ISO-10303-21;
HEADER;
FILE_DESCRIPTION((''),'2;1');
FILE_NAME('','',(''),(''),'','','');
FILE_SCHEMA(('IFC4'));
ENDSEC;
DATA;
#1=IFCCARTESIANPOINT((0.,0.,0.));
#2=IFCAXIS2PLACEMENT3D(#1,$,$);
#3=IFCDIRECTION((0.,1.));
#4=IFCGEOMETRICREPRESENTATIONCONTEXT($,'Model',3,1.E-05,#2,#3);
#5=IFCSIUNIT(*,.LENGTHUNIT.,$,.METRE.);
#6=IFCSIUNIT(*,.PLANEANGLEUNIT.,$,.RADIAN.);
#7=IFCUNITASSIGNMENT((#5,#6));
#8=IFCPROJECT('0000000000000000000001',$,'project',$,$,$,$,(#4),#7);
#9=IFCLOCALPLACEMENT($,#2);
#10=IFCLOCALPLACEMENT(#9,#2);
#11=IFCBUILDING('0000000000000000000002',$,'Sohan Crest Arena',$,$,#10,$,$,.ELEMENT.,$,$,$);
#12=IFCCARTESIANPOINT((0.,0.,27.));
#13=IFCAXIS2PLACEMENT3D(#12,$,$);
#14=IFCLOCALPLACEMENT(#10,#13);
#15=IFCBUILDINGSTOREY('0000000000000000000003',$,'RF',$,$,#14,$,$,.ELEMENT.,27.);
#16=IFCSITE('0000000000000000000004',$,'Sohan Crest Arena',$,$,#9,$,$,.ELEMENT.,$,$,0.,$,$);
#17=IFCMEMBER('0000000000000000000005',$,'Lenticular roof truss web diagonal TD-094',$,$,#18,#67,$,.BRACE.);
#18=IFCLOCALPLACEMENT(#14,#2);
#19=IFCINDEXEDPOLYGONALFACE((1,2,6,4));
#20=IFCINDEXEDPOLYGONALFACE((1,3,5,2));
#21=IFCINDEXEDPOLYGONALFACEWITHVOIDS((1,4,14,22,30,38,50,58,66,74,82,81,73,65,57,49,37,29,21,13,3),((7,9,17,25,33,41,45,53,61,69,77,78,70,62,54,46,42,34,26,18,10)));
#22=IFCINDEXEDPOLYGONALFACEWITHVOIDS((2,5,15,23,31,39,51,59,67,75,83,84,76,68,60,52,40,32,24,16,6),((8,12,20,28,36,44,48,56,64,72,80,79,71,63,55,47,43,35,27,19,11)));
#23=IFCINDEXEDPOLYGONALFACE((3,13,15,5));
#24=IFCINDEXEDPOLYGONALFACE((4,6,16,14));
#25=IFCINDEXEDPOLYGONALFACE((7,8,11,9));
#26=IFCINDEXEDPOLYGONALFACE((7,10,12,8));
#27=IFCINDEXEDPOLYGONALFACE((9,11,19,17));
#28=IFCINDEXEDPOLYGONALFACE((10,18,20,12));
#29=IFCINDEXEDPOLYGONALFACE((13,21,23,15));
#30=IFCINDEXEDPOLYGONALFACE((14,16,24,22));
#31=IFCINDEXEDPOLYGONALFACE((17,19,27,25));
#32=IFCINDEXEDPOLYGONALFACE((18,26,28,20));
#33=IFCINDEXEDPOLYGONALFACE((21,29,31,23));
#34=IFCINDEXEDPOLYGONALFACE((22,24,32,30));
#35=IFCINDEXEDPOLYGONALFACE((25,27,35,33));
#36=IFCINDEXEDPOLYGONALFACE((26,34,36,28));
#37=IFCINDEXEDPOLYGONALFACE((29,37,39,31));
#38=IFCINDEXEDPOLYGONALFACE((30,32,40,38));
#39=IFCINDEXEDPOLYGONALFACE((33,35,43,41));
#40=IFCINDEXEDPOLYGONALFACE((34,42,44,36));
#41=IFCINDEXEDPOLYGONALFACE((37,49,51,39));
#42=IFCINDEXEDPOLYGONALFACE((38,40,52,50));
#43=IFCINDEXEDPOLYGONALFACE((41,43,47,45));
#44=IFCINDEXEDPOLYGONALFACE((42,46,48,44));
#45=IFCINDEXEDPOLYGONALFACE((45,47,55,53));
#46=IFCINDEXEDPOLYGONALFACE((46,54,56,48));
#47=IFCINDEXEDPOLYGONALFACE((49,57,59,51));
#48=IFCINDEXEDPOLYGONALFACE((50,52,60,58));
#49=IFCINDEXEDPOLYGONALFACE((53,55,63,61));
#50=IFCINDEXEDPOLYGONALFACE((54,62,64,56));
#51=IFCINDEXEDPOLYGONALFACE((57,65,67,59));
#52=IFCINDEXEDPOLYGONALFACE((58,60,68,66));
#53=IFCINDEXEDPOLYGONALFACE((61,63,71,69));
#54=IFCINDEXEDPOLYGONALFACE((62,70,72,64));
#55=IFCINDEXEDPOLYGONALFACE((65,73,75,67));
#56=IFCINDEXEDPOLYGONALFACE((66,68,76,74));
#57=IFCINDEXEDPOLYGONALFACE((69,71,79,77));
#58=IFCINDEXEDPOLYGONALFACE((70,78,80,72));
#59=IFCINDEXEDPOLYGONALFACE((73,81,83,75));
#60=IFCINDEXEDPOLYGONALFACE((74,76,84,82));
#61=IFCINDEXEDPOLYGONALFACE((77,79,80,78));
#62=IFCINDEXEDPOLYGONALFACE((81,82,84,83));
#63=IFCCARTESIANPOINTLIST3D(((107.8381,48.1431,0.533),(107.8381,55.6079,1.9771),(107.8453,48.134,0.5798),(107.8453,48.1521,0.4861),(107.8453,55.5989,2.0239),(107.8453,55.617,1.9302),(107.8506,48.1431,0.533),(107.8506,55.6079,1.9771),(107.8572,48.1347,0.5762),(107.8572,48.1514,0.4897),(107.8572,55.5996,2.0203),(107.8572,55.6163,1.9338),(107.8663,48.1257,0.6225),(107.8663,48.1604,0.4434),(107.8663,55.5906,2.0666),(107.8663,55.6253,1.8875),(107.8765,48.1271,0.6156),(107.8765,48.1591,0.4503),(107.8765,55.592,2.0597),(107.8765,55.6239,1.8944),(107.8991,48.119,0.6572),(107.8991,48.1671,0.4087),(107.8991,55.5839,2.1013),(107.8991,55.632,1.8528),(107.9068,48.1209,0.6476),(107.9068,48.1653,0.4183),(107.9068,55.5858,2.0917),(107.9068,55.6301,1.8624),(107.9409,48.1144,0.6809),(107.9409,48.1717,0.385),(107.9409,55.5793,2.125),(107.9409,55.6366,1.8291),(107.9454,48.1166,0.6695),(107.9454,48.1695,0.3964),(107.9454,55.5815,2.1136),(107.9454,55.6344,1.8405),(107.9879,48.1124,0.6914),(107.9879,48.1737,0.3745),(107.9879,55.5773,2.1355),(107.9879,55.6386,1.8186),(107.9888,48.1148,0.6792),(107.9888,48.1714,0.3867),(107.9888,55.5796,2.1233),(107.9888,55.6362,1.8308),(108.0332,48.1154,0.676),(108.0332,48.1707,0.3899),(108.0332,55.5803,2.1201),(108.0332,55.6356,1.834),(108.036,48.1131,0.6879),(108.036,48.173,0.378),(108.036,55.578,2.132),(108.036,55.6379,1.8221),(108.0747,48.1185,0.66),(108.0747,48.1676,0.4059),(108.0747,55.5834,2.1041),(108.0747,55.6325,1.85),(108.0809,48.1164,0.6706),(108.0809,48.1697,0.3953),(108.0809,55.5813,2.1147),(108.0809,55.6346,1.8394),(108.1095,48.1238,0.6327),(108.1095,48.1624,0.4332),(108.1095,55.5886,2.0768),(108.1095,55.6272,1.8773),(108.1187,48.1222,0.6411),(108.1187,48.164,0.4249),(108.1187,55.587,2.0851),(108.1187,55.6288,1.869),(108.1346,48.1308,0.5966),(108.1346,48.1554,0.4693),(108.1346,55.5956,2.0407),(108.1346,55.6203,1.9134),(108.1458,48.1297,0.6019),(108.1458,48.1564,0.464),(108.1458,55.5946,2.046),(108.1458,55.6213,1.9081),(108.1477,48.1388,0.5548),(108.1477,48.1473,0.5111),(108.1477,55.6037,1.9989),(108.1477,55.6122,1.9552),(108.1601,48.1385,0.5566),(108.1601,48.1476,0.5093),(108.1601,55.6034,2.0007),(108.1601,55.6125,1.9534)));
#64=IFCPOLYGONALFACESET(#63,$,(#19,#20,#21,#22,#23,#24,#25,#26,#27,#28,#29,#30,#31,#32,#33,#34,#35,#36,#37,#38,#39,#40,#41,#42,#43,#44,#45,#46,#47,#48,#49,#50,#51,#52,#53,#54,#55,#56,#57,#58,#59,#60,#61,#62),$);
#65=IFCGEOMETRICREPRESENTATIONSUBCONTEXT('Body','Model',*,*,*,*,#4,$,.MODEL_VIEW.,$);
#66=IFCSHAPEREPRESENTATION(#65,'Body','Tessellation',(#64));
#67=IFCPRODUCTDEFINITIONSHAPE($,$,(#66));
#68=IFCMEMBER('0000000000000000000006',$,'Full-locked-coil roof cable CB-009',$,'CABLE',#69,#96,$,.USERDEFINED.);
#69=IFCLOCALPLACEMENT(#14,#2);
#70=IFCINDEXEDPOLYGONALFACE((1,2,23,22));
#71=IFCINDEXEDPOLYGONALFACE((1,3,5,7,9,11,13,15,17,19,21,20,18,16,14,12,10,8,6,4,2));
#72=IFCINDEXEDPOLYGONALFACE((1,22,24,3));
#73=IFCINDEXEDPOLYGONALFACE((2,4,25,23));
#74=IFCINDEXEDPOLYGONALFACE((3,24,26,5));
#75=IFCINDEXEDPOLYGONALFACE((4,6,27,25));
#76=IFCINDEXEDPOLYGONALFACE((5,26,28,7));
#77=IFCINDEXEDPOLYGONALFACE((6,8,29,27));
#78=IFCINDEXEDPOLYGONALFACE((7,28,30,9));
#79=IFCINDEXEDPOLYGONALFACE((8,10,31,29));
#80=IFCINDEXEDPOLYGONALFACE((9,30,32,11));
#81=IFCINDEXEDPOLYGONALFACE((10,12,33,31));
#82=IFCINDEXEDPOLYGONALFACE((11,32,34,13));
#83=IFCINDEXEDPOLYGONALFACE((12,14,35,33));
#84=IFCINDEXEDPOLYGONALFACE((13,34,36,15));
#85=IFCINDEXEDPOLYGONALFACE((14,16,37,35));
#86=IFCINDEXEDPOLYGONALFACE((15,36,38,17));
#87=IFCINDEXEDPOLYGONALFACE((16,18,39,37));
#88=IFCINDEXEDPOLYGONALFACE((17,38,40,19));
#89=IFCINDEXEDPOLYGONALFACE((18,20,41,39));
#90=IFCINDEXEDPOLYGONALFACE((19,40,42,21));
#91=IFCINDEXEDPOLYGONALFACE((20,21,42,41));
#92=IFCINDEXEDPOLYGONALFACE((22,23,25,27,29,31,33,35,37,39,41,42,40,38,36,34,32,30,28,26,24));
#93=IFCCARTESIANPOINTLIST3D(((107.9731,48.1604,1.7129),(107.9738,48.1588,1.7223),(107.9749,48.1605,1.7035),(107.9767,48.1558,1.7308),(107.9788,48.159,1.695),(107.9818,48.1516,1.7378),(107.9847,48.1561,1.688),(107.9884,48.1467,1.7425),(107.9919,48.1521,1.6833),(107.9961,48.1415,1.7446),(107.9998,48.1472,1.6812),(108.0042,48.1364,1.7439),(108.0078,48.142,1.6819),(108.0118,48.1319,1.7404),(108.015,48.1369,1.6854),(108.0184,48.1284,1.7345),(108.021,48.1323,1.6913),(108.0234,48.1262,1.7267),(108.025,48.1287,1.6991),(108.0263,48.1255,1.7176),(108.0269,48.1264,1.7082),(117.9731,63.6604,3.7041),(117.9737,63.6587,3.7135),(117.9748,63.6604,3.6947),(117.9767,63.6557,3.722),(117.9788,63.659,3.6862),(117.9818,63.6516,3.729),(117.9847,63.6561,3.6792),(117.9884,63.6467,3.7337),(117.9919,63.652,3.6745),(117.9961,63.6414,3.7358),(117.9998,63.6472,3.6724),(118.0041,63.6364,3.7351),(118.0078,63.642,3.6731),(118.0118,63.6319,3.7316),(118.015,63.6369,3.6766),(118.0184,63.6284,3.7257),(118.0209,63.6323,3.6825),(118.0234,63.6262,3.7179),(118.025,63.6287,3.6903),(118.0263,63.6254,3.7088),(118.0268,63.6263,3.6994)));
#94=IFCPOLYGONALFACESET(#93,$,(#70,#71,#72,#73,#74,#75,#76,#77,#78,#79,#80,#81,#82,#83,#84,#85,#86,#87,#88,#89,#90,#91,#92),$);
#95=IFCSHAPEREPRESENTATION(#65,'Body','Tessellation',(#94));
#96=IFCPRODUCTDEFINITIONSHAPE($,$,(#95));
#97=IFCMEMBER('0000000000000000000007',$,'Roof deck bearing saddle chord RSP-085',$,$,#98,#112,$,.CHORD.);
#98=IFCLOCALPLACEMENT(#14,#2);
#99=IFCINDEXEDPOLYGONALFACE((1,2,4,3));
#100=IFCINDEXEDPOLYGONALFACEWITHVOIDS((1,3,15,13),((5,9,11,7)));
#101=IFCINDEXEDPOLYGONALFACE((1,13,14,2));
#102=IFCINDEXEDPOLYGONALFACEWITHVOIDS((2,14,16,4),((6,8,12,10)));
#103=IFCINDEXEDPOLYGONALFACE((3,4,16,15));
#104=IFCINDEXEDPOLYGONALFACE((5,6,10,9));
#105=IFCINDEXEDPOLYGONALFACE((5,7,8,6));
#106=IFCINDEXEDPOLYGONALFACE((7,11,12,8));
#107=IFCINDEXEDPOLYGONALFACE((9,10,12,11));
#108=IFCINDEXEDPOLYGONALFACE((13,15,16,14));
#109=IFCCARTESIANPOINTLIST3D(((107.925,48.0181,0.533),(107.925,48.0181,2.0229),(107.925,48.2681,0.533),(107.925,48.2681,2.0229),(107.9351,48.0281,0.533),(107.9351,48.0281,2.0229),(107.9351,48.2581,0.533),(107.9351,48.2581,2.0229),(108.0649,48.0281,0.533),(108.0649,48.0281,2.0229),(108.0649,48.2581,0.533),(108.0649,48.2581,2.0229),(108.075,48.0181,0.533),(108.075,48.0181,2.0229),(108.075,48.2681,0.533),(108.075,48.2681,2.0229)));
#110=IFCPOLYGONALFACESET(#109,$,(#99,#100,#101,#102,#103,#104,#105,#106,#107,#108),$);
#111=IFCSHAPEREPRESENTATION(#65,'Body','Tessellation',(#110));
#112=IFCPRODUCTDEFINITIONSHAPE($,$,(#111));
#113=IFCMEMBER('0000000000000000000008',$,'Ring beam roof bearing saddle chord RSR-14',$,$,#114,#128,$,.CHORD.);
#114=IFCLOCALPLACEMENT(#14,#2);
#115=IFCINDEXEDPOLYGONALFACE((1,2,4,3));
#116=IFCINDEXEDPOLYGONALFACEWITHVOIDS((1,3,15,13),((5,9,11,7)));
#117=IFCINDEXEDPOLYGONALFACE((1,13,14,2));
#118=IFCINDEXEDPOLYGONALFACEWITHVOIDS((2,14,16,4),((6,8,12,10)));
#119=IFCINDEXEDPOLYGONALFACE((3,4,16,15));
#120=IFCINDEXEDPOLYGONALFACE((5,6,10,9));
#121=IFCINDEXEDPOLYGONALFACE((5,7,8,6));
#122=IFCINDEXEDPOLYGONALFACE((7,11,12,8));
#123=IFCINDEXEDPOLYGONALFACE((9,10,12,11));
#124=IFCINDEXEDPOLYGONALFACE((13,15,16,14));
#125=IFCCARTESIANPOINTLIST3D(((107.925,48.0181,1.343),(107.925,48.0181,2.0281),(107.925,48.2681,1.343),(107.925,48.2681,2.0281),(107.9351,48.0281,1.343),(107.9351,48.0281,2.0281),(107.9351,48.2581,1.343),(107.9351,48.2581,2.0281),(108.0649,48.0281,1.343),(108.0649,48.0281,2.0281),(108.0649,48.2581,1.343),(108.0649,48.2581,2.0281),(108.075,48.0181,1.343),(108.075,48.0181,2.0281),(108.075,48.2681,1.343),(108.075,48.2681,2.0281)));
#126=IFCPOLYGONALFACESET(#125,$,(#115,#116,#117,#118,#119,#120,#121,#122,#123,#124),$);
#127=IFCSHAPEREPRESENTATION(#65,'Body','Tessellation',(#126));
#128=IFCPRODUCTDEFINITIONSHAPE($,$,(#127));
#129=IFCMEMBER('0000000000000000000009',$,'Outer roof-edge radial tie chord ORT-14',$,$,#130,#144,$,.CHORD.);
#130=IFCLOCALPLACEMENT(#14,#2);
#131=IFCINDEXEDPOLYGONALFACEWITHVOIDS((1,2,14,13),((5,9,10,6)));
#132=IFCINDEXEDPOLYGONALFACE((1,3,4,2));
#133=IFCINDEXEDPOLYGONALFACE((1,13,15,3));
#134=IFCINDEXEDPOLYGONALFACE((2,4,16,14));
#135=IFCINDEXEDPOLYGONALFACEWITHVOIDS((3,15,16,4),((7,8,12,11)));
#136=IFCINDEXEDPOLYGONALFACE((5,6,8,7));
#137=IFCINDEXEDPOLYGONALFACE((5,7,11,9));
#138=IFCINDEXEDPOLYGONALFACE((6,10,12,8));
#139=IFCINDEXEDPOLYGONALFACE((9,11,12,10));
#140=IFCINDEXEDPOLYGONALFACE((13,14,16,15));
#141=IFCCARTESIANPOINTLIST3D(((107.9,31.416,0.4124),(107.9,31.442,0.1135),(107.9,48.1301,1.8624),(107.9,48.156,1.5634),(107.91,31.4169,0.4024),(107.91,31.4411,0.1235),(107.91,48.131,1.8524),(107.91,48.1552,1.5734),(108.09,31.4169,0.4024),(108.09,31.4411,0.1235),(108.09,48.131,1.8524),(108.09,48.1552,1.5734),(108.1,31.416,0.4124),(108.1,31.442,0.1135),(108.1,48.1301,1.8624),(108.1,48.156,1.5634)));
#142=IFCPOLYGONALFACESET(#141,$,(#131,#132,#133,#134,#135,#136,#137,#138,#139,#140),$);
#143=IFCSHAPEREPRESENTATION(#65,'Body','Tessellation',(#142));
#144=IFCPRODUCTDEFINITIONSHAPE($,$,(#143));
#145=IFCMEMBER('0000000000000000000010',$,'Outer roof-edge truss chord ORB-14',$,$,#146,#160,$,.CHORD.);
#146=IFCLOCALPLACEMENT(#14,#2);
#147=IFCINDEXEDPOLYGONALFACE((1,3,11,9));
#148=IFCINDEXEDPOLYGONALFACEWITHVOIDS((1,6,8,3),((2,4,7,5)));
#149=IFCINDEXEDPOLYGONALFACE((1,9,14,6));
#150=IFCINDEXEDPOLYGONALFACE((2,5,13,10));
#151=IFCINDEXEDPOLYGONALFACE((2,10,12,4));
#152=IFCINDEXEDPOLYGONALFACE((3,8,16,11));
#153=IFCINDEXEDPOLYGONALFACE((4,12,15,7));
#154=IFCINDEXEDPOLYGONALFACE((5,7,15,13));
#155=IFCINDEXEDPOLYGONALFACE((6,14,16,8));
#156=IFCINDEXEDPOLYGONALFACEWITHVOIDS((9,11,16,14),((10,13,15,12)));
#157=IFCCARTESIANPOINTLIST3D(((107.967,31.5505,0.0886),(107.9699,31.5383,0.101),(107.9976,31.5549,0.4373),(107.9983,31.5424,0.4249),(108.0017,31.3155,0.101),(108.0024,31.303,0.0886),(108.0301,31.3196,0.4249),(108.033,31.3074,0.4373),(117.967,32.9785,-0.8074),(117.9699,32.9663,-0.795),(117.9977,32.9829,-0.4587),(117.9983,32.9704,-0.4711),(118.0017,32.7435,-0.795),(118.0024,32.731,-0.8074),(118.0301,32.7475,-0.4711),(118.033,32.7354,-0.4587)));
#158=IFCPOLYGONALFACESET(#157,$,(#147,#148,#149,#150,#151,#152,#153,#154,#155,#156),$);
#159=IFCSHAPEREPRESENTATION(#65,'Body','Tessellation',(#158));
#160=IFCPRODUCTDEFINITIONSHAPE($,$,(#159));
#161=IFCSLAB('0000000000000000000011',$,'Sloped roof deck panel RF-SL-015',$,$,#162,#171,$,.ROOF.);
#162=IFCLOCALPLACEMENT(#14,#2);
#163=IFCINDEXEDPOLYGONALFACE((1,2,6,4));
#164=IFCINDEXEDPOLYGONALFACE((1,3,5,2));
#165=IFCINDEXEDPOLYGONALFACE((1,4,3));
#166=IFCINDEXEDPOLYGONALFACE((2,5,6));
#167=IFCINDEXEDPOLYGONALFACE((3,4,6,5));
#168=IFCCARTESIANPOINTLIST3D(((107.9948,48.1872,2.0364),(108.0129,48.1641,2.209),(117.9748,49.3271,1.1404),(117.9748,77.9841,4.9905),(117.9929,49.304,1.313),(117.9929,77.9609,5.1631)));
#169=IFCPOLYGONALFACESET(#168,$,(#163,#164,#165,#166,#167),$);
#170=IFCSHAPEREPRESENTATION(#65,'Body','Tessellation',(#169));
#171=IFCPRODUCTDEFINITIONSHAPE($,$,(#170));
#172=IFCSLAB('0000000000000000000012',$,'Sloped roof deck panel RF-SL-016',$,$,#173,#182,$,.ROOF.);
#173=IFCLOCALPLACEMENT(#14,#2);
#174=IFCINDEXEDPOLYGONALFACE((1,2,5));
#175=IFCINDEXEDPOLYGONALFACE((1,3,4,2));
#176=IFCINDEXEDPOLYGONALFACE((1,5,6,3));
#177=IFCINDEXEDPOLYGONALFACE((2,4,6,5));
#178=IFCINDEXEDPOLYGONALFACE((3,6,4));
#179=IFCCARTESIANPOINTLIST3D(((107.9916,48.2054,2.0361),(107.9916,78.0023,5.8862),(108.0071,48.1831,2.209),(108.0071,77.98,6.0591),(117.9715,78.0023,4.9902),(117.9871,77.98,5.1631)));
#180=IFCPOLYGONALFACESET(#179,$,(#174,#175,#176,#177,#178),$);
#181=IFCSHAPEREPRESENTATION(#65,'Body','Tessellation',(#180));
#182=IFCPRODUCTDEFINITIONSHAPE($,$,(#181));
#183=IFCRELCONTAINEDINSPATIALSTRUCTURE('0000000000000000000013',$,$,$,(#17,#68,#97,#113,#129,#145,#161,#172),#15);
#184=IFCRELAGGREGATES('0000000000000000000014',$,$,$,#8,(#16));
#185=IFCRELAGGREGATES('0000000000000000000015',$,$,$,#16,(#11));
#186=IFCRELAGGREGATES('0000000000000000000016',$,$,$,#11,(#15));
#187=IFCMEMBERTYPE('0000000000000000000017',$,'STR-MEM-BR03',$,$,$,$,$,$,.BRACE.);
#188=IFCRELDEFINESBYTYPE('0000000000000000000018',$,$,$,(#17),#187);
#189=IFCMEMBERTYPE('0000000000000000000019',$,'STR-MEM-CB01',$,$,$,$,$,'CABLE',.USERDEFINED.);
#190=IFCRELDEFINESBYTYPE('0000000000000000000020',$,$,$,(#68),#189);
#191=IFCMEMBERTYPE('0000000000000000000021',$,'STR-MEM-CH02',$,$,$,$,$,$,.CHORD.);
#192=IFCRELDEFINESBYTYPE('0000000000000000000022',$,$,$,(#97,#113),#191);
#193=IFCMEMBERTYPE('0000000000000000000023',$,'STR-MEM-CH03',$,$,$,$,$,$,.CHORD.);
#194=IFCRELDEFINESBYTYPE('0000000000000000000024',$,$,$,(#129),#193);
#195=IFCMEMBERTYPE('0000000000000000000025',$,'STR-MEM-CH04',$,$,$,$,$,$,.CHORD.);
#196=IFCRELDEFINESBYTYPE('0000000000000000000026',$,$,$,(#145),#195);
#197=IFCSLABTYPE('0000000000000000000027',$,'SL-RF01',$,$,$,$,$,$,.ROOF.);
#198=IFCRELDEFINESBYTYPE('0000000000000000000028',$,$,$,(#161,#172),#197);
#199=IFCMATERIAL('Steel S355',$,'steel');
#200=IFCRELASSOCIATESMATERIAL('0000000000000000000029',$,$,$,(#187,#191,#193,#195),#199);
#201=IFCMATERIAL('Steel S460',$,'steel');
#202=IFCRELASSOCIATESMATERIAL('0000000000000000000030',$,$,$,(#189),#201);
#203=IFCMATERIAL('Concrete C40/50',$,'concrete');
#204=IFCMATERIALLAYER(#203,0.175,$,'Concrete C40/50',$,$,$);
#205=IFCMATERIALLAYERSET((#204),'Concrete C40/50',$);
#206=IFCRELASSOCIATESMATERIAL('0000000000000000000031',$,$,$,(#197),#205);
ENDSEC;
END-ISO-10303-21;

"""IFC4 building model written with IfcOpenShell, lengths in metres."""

from ifc_helpers import new_model, si_unit, direction, frame, origin, origin_2d, place, context, subcontext, project, spatial, polyline, hollow_rectangle, circle, hollow_circle, outline, extrude, material, layer, layer_set, material_profile, profile_set, type_object, element, save


model = new_model("IFC4")

# Units and contexts
model_context = context("Model", 3, precision=1e-05, world=origin(), true_north=direction((0.0, 1.0)))
body_context = subcontext(model_context, "Body", "Model", "MODEL_VIEW")
ifc_project = project(units=[si_unit("LENGTHUNIT", "METRE"), si_unit("PLANEANGLEUNIT", "RADIAN")], contexts=[model_context])

# Site, building, storey
site_placement = place(None, origin())
site = spatial("IfcSite", under=ifc_project, at=site_placement, Name="Sohan Crest Arena", CompositionType="ELEMENT", RefElevation=0.0)
building_placement = place(site_placement, origin())
building = spatial("IfcBuilding", under=site, at=building_placement, Name="Sohan Crest Arena", CompositionType="ELEMENT")
storey_placement = place(building_placement, frame((0.0, 0.0, 27.0)))
storey = spatial("IfcBuildingStorey", under=building, at=storey_placement, Name="RF", CompositionType="ELEMENT", Elevation=27.0)

# Shared definitions
ifc_material_1 = material(Name="Concrete C40/50", Category="concrete")

# Shared definitions
ifc_material_2 = material(Name="Steel S355", Category="steel")

# Members
ifc_material_profile_1 = material_profile(ifc_material_2, hollow_circle(Radius=0.1619, WallThickness=0.0125, at=origin_2d()), Name="CHS 323.9x12.5")
ifc_profile_set_1 = profile_set([ifc_material_profile_1], Name="Steel S355")
member_type_1 = type_object("IfcMemberType", Name="STR-MEM-BR03", PredefinedType="BRACE", material=ifc_profile_set_1)
member_1_placement = place(storey_placement, frame((108.0, 48.1431, 0.533), z_axis=(0.0, 0.981797, 0.189931), x_axis=(-1.0, 0.0, 0.0)))
element("IfcMember", 1, at=member_1_placement, inside=storey, type_object=member_type_1, Name="Lenticular roof truss web diagonal TD-094", PredefinedType="BRACE", context=body_context, shape_type="SweptSolid", body=[
    extrude(hollow_circle(Radius=0.1619, WallThickness=0.0125, at=origin_2d()), origin(), (0.0, 0.0, 1.0), 7.6033),
])
ifc_material_3 = material(Name="Steel S460", Category="steel")
ifc_material_profile_2 = material_profile(ifc_material_3, circle(Radius=0.032, at=origin_2d()), Name="FLC D64")
ifc_profile_set_2 = profile_set([ifc_material_profile_2], Name="Steel S460")
member_type_2 = type_object("IfcMemberType", Name="STR-MEM-CB01", ElementType="CABLE", PredefinedType="USERDEFINED", material=ifc_profile_set_2)
member_2_placement = place(storey_placement, frame((108.0, 48.1431, 1.7129), z_axis=(0.538996, 0.835443, 0.107325), x_axis=(-0.840297, 0.542127, 0.0)))
element("IfcMember", 2, at=member_2_placement, inside=storey, type_object=member_type_2, Name="Full-locked-coil roof cable CB-009", ObjectType="CABLE", PredefinedType="USERDEFINED", context=body_context, shape_type="SweptSolid", body=[
    extrude(circle(Radius=0.032, at=origin_2d()), origin(), (0.0, 0.0, 1.0), 18.553),
])
ifc_material_profile_3 = material_profile(ifc_material_2, hollow_rectangle(XDim=0.1499, YDim=0.25, WallThickness=0.01, at=origin_2d()), Name="RHS 250x150x10")
ifc_profile_set_3 = profile_set([ifc_material_profile_3], Name="Steel S355")
member_type_3 = type_object("IfcMemberType", Name="STR-MEM-CH02", PredefinedType="CHORD", material=ifc_profile_set_3)
member_3_placement = place(storey_placement, frame((108.0, 48.1431, 0.533), z_axis=(0.0, 0.0, 1.0), x_axis=(1.0, 0.0, 0.0)))
element("IfcMember", 3, at=member_3_placement, inside=storey, type_object=member_type_3, Name="Roof deck bearing saddle chord RSP-085", PredefinedType="CHORD", context=body_context, shape_type="SweptSolid", body=[
    extrude(hollow_rectangle(XDim=0.1499, YDim=0.25, WallThickness=0.01, at=origin_2d()), origin(), (0.0, 0.0, 1.0), 1.49),
])
member_4_placement = place(storey_placement, frame((108.0, 48.1431, 1.343), z_axis=(0.0, 0.0, 1.0), x_axis=(1.0, 0.0, 0.0)))
element("IfcMember", 4, at=member_4_placement, inside=storey, type_object=member_type_3, Name="Ring beam roof bearing saddle chord RSR-14", PredefinedType="CHORD", context=body_context, shape_type="SweptSolid", body=[
    extrude(hollow_rectangle(XDim=0.1499, YDim=0.25, WallThickness=0.01, at=origin_2d()), origin(), (0.0, 0.0, 1.0), 0.6851),
])
ifc_material_profile_4 = material_profile(ifc_material_2, hollow_rectangle(XDim=0.2, YDim=0.3, WallThickness=0.01, at=origin_2d()), Name="RHS 300x200x10")
ifc_profile_set_4 = profile_set([ifc_material_profile_4], Name="Steel S355")
member_type_4 = type_object("IfcMemberType", Name="STR-MEM-CH03", PredefinedType="CHORD", material=ifc_profile_set_4)
member_5_placement = place(storey_placement, frame((108.0, 48.1431, 1.7129), z_axis=(0.0, -0.996258, -0.086426), x_axis=(1.0, 0.0, 0.0)))
element("IfcMember", 5, at=member_5_placement, inside=storey, type_object=member_type_4, Name="Outer roof-edge radial tie chord ORT-14", PredefinedType="CHORD", context=body_context, shape_type="SweptSolid", body=[
    extrude(hollow_rectangle(XDim=0.2, YDim=0.3, WallThickness=0.01, at=origin_2d()), origin(), (0.0, 0.0, 1.0), 16.7769),
])
ifc_material_profile_5 = material_profile(ifc_material_2, hollow_rectangle(XDim=0.25, YDim=0.3501, WallThickness=0.0125, at=origin_2d()), Name="RHS 350x250x12.5")
ifc_profile_set_5 = profile_set([ifc_material_profile_5], Name="Steel S355")
member_type_5 = type_object("IfcMemberType", Name="STR-MEM-CH04", PredefinedType="CHORD", material=ifc_profile_set_5)
member_6_placement = place(storey_placement, frame((108.0, 31.429, 0.2629), z_axis=(0.986086, 0.140811, -0.088353), x_axis=(-0.141364, 0.989958, 0.0)))
element("IfcMember", 6, at=member_6_placement, inside=storey, type_object=member_type_5, Name="Outer roof-edge truss chord ORB-14", PredefinedType="CHORD", context=body_context, shape_type="SweptSolid", body=[
    extrude(hollow_rectangle(XDim=0.25, YDim=0.3501, WallThickness=0.0125, at=origin_2d()), origin(), (0.0, 0.0, 1.0), 10.1411),
])

# Slabs
ifc_layer_1 = layer(ifc_material_1, 0.175, Name="Concrete C40/50")
ifc_layer_set_1 = layer_set([ifc_layer_1], Name="Concrete C40/50")
slab_type_1 = type_object("IfcSlabType", Name="SL-RF01", PredefinedType="ROOF", material=ifc_layer_set_1)
slab_1_placement = place(storey_placement, frame((108.0129, 48.1641, 2.209), z_axis=(0.103628, -0.132438, 0.985759), x_axis=(0.989611, 0.113031, -0.088847)))
element("IfcSlab", 7, at=slab_1_placement, inside=storey, type_object=slab_type_1, Name="Sloped roof deck panel RF-SL-015", PredefinedType="ROOF", context=body_context, shape_type="SweptSolid", body=[
    extrude(outline(polyline([(0.0, 0.0), (10.0847, 0.0), (12.9818, 28.769), (0.0, 0.0)])), origin(), (0.0, 0.0, -1.0), 0.175),
])
slab_2_placement = place(storey_placement, frame((108.0071, 48.1831, 2.209), z_axis=(0.088688, -0.127641, 0.987847), x_axis=(0.316199, 0.944065, 0.093596)))
element("IfcSlab", 8, at=slab_2_placement, inside=storey, type_object=slab_type_1, Name="Sloped roof deck panel RF-SL-016", PredefinedType="ROOF", context=body_context, shape_type="SweptSolid", body=[
    extrude(outline(polyline([(0.0, 0.0), (31.5623, 0.0), (28.4905, 9.5377), (0.0, 0.0)])), origin(), (0.0, 0.0, -1.0), 0.175),
])

save(model, "model.ifc")
